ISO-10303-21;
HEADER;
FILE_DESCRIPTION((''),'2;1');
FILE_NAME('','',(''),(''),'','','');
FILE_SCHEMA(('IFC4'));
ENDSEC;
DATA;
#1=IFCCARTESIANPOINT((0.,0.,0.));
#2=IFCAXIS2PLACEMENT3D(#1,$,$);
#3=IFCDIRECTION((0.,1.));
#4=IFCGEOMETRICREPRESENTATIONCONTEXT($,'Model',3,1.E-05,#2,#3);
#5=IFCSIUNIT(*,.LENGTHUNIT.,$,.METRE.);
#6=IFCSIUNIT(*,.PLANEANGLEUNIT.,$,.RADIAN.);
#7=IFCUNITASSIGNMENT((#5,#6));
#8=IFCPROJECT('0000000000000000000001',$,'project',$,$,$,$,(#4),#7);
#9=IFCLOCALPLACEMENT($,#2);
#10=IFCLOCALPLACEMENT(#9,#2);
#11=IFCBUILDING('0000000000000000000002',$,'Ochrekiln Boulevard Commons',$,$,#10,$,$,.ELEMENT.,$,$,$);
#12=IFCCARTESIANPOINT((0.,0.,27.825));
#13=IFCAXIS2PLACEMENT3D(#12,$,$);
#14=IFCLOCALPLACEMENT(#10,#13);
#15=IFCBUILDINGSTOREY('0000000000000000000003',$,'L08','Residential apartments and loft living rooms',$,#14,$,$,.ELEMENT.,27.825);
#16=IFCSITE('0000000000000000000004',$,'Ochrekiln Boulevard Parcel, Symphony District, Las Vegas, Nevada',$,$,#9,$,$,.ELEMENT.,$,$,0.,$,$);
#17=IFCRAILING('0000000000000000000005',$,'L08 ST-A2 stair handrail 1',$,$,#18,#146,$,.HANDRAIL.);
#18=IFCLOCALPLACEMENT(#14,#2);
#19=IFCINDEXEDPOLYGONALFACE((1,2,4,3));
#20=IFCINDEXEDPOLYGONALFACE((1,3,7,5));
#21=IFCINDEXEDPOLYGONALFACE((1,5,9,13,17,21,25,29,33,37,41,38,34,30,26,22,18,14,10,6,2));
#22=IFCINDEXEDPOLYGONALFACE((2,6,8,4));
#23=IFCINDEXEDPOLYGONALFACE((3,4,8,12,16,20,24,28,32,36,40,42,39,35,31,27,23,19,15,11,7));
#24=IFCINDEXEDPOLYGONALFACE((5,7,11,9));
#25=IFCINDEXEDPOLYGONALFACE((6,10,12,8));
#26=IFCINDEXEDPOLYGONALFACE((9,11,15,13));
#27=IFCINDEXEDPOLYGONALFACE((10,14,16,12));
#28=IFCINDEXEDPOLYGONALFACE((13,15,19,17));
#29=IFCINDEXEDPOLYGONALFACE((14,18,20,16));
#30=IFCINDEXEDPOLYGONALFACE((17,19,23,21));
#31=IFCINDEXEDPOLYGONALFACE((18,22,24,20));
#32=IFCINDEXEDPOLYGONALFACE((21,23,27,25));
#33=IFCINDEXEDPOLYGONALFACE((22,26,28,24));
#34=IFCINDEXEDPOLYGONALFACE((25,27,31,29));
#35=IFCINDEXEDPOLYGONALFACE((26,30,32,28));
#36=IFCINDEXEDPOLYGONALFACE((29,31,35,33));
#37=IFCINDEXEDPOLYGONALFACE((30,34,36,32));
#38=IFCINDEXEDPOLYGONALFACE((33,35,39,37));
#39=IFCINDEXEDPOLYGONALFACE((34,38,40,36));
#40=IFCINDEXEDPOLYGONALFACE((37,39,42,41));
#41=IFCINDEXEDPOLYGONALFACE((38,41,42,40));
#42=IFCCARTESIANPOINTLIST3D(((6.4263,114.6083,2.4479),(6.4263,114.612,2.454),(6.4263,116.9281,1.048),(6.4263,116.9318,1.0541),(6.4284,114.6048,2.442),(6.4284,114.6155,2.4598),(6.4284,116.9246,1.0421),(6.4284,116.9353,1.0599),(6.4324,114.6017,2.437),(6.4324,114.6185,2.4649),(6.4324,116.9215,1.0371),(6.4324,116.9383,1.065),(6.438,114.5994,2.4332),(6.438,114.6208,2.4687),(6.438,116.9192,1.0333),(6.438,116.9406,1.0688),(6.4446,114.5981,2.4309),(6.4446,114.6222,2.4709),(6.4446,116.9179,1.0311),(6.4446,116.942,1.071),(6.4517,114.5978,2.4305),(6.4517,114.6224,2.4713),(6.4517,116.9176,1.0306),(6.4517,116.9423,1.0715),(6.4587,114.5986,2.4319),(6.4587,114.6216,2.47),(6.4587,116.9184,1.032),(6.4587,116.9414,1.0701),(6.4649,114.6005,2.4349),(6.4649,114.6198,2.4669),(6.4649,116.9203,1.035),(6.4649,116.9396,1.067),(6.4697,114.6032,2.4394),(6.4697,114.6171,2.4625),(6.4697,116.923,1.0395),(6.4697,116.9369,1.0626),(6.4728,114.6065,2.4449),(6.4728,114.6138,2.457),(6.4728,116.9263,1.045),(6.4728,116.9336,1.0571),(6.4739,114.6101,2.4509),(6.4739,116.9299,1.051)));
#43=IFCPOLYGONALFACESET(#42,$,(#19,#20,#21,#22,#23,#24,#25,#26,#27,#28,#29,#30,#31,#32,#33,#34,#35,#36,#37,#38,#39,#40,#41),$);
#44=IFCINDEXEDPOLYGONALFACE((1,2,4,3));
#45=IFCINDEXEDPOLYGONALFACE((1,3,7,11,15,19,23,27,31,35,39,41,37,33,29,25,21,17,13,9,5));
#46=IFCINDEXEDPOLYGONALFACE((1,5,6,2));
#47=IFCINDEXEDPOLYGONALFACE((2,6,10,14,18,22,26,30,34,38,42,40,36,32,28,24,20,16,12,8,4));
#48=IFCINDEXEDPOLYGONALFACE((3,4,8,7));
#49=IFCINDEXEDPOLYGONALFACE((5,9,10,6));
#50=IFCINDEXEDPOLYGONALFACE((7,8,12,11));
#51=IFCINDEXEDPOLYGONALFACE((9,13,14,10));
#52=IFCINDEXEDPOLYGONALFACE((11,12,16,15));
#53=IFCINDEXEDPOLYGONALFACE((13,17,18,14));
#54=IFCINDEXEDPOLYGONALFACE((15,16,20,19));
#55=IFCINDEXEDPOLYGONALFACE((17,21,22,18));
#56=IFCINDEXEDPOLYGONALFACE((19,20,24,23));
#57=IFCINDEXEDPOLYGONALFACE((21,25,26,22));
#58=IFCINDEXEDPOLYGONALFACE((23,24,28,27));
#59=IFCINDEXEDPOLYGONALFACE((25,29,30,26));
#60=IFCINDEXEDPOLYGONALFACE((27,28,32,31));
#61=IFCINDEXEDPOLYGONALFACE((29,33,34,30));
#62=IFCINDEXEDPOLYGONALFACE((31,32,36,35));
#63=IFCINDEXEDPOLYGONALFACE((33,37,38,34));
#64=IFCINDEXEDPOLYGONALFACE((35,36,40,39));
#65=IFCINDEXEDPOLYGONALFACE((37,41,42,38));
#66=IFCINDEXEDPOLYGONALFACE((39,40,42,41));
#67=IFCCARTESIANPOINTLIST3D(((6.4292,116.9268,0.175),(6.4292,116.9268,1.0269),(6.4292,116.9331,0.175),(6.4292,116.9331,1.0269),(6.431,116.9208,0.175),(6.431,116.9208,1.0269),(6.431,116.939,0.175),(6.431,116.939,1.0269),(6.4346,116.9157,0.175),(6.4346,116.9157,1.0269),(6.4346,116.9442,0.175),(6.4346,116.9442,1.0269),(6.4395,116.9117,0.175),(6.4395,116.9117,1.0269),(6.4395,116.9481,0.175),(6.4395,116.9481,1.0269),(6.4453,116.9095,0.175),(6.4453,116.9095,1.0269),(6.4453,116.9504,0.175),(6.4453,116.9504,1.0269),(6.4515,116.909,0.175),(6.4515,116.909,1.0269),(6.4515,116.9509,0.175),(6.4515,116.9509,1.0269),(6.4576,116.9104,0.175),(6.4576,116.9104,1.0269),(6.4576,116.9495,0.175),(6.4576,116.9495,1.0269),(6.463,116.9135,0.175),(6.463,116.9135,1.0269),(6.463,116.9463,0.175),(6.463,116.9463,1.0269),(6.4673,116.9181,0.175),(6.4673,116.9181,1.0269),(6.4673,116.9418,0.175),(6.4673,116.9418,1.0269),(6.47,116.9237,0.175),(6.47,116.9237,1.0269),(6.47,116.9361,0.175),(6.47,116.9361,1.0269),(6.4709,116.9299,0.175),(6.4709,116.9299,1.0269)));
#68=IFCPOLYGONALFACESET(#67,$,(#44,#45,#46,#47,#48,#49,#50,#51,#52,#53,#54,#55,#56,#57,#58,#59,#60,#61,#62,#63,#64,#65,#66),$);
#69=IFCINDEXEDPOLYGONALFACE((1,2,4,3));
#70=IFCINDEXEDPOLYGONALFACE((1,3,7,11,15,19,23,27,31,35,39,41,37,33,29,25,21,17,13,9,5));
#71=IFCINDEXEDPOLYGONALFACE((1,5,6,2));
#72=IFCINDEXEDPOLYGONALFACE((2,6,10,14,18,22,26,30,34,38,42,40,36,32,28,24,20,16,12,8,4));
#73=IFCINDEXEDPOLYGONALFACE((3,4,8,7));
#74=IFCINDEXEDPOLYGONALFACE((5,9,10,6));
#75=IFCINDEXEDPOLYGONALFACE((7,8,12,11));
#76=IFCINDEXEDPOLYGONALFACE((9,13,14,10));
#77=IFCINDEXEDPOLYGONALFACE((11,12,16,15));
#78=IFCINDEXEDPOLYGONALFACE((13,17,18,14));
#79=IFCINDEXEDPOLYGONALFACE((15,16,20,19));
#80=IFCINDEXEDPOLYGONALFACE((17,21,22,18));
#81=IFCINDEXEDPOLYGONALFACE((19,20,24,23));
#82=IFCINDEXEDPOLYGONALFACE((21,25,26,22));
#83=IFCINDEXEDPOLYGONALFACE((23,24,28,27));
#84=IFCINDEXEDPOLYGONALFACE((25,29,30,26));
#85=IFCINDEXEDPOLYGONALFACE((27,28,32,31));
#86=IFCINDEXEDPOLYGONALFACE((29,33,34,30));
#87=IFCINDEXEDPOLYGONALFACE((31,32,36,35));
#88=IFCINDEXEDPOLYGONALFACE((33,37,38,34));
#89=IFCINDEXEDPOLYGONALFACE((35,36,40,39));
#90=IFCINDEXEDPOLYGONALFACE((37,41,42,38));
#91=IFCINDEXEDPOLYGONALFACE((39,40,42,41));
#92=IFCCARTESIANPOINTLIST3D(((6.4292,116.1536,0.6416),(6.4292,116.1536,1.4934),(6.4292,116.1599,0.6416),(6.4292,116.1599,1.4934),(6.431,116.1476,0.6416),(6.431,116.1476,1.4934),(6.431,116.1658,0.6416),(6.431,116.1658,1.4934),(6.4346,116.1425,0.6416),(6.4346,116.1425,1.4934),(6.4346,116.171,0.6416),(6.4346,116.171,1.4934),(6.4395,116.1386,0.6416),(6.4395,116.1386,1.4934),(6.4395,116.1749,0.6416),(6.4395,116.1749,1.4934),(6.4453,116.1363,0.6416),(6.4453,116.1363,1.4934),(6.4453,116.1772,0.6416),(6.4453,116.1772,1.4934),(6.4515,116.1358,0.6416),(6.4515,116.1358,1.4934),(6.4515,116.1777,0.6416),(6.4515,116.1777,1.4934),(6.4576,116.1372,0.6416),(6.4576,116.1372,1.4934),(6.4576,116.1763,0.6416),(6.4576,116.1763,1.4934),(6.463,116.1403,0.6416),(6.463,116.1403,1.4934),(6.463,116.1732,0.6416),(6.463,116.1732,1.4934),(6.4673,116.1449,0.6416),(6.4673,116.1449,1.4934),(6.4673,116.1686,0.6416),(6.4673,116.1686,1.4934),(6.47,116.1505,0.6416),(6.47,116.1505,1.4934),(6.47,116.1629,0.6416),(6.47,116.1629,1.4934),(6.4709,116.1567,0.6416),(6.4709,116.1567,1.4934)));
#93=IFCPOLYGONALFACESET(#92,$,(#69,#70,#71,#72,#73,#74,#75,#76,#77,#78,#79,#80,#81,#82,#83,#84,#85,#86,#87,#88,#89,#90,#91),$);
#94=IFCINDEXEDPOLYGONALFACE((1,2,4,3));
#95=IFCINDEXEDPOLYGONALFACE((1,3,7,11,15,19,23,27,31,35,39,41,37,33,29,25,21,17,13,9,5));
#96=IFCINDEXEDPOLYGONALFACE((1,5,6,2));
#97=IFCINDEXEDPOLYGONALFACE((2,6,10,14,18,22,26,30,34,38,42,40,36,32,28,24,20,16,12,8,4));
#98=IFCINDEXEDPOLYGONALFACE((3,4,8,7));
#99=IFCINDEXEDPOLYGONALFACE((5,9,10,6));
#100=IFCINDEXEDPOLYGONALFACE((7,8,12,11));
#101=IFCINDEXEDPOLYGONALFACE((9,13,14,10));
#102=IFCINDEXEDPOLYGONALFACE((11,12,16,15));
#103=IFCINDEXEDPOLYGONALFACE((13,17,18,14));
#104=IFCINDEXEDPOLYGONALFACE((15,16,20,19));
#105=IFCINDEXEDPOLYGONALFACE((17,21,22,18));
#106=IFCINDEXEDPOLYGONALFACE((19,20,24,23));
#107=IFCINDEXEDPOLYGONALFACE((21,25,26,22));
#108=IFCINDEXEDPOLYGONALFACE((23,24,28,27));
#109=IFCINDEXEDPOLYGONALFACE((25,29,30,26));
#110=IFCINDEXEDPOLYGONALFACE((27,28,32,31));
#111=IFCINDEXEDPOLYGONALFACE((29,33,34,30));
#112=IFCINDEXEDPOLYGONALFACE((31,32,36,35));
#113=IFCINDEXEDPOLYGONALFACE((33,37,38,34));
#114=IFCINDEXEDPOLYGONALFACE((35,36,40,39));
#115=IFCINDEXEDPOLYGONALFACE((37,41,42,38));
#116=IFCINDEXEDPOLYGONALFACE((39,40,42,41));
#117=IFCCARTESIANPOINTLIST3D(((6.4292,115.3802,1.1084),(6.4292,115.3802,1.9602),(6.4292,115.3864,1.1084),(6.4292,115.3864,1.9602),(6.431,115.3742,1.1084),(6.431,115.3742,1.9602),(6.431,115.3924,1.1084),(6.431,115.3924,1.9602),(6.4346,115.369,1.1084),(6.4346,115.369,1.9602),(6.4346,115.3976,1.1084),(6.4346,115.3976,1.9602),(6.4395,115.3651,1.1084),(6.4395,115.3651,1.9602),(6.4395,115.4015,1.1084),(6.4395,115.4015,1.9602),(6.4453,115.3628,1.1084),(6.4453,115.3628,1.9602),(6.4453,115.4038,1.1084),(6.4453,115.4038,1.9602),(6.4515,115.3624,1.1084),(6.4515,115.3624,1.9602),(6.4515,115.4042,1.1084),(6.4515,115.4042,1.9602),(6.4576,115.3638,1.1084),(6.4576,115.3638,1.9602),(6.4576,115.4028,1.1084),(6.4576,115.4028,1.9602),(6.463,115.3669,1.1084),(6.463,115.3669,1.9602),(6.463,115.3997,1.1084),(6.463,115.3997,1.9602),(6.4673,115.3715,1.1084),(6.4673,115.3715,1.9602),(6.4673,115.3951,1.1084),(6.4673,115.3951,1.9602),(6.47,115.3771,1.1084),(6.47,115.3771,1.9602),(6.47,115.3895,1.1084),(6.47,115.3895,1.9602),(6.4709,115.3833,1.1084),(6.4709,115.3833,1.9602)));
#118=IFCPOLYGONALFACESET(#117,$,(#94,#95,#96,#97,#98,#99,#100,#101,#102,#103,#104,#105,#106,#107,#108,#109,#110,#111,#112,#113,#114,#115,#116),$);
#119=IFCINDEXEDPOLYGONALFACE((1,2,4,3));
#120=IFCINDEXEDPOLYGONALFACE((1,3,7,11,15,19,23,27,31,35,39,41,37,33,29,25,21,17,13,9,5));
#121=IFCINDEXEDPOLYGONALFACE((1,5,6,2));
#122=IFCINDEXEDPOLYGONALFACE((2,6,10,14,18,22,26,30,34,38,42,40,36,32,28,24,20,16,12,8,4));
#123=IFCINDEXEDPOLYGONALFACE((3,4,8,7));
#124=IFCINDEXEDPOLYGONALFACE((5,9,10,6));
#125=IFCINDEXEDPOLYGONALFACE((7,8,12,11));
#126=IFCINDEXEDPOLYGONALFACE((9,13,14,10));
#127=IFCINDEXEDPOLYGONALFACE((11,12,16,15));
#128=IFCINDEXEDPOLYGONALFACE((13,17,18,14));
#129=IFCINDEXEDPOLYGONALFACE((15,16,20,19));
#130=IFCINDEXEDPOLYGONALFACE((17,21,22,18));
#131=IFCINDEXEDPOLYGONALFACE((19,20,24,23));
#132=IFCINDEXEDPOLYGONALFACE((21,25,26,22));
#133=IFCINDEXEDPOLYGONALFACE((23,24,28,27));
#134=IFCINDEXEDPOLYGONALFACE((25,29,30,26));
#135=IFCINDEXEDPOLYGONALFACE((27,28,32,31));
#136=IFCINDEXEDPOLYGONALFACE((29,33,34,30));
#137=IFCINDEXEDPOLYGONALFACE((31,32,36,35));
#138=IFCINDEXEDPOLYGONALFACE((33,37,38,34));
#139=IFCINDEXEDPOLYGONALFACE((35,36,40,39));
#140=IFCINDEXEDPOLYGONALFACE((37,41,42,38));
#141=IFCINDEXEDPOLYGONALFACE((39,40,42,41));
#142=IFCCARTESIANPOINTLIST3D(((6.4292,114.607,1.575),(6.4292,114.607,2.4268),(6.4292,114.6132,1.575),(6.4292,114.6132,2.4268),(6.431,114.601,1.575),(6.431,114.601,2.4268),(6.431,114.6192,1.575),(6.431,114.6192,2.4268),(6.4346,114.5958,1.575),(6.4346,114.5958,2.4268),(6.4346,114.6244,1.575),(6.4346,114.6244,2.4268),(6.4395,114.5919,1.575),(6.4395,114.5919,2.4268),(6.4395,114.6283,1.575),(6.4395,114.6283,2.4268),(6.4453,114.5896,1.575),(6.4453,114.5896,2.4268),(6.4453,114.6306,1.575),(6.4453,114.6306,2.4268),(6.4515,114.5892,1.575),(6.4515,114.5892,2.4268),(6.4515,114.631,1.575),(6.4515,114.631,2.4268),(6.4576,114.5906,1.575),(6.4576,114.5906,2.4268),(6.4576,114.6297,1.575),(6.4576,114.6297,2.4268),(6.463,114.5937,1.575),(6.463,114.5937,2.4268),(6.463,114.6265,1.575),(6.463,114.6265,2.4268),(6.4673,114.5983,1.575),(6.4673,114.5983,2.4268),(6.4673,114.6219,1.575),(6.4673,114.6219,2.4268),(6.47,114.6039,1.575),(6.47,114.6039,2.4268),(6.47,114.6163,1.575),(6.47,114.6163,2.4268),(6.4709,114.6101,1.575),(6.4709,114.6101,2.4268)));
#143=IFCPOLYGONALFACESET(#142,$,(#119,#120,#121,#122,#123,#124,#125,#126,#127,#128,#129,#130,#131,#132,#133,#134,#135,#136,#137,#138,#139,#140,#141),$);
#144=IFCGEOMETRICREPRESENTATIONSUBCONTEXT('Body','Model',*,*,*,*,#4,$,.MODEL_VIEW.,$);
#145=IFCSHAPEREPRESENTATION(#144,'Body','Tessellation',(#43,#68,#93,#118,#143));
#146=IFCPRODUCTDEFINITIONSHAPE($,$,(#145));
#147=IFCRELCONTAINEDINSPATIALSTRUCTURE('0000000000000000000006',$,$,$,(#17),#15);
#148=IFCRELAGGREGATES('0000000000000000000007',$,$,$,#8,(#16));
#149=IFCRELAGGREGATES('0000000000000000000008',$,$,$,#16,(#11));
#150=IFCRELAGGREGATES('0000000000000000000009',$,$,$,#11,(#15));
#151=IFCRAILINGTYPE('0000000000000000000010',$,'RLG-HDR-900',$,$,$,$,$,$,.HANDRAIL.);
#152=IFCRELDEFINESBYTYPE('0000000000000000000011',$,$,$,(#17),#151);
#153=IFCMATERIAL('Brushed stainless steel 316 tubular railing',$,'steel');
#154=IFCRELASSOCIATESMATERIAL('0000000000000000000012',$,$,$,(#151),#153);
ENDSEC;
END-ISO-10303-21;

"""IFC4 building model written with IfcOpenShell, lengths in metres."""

from ifc_helpers import new_model, si_unit, direction, frame, origin, origin_2d, place, context, subcontext, project, spatial, circle, extrude, material, type_object, element, save


model = new_model("IFC4")

# Units and contexts
model_context = context("Model", 3, precision=1e-05, world=origin(), true_north=direction((0.0, 1.0)))
body_context = subcontext(model_context, "Body", "Model", "MODEL_VIEW")
ifc_project = project(units=[si_unit("LENGTHUNIT", "METRE"), si_unit("PLANEANGLEUNIT", "RADIAN")], contexts=[model_context])

# Site, building, storey
site_placement = place(None, origin())
site = spatial("IfcSite", under=ifc_project, at=site_placement, Name="Ochrekiln Boulevard Parcel, Symphony District, Las Vegas, Nevada", CompositionType="ELEMENT", RefElevation=0.0)
building_placement = place(site_placement, origin())
building = spatial("IfcBuilding", under=site, at=building_placement, Name="Ochrekiln Boulevard Commons", CompositionType="ELEMENT")
storey_placement = place(building_placement, frame((0.0, 0.0, 27.825)))
storey = spatial("IfcBuildingStorey", under=building, at=storey_placement, Name="L08", Description="Residential apartments and loft living rooms", CompositionType="ELEMENT", Elevation=27.825)

# Railing
ifc_material_1 = material(Name="Brushed stainless steel 316 tubular railing", Category="steel")
railing_type_1 = type_object("IfcRailingType", Name="RLG-HDR-900", PredefinedType="HANDRAIL", material=ifc_material_1)
railing_1_placement = place(storey_placement, frame((6.45, 116.9299, 0.175)))
element("IfcRailing", 1, at=railing_1_placement, inside=storey, type_object=railing_type_1, Name="L08 ST-A2 stair handrail 1", PredefinedType="HANDRAIL", context=body_context, shape_type="SweptSolid", body=[
    extrude(circle(Radius=0.0239, at=origin_2d()), frame((0.0, 0.0, 0.876), z_axis=(0.0, -0.856186, 0.516667), x_axis=(1.0, 0.0, 0.0)), (0.0, 0.0, 1.0), 2.7095),
    extrude(circle(Radius=0.021, at=origin_2d()), origin(), (0.0, 0.0, 1.0), 0.8518),
    extrude(circle(Radius=0.021, at=origin_2d()), frame((0.0, -0.7732, 0.4666)), (0.0, 0.0, 1.0), 0.8518),
    extrude(circle(Radius=0.021, at=origin_2d()), frame((0.0, -1.5466, 0.9333)), (0.0, 0.0, 1.0), 0.8518),
    extrude(circle(Radius=0.021, at=origin_2d()), frame((0.0, -2.3198, 1.3999)), (0.0, 0.0, 1.0), 0.8518),
])

save(model, "model.ifc")
